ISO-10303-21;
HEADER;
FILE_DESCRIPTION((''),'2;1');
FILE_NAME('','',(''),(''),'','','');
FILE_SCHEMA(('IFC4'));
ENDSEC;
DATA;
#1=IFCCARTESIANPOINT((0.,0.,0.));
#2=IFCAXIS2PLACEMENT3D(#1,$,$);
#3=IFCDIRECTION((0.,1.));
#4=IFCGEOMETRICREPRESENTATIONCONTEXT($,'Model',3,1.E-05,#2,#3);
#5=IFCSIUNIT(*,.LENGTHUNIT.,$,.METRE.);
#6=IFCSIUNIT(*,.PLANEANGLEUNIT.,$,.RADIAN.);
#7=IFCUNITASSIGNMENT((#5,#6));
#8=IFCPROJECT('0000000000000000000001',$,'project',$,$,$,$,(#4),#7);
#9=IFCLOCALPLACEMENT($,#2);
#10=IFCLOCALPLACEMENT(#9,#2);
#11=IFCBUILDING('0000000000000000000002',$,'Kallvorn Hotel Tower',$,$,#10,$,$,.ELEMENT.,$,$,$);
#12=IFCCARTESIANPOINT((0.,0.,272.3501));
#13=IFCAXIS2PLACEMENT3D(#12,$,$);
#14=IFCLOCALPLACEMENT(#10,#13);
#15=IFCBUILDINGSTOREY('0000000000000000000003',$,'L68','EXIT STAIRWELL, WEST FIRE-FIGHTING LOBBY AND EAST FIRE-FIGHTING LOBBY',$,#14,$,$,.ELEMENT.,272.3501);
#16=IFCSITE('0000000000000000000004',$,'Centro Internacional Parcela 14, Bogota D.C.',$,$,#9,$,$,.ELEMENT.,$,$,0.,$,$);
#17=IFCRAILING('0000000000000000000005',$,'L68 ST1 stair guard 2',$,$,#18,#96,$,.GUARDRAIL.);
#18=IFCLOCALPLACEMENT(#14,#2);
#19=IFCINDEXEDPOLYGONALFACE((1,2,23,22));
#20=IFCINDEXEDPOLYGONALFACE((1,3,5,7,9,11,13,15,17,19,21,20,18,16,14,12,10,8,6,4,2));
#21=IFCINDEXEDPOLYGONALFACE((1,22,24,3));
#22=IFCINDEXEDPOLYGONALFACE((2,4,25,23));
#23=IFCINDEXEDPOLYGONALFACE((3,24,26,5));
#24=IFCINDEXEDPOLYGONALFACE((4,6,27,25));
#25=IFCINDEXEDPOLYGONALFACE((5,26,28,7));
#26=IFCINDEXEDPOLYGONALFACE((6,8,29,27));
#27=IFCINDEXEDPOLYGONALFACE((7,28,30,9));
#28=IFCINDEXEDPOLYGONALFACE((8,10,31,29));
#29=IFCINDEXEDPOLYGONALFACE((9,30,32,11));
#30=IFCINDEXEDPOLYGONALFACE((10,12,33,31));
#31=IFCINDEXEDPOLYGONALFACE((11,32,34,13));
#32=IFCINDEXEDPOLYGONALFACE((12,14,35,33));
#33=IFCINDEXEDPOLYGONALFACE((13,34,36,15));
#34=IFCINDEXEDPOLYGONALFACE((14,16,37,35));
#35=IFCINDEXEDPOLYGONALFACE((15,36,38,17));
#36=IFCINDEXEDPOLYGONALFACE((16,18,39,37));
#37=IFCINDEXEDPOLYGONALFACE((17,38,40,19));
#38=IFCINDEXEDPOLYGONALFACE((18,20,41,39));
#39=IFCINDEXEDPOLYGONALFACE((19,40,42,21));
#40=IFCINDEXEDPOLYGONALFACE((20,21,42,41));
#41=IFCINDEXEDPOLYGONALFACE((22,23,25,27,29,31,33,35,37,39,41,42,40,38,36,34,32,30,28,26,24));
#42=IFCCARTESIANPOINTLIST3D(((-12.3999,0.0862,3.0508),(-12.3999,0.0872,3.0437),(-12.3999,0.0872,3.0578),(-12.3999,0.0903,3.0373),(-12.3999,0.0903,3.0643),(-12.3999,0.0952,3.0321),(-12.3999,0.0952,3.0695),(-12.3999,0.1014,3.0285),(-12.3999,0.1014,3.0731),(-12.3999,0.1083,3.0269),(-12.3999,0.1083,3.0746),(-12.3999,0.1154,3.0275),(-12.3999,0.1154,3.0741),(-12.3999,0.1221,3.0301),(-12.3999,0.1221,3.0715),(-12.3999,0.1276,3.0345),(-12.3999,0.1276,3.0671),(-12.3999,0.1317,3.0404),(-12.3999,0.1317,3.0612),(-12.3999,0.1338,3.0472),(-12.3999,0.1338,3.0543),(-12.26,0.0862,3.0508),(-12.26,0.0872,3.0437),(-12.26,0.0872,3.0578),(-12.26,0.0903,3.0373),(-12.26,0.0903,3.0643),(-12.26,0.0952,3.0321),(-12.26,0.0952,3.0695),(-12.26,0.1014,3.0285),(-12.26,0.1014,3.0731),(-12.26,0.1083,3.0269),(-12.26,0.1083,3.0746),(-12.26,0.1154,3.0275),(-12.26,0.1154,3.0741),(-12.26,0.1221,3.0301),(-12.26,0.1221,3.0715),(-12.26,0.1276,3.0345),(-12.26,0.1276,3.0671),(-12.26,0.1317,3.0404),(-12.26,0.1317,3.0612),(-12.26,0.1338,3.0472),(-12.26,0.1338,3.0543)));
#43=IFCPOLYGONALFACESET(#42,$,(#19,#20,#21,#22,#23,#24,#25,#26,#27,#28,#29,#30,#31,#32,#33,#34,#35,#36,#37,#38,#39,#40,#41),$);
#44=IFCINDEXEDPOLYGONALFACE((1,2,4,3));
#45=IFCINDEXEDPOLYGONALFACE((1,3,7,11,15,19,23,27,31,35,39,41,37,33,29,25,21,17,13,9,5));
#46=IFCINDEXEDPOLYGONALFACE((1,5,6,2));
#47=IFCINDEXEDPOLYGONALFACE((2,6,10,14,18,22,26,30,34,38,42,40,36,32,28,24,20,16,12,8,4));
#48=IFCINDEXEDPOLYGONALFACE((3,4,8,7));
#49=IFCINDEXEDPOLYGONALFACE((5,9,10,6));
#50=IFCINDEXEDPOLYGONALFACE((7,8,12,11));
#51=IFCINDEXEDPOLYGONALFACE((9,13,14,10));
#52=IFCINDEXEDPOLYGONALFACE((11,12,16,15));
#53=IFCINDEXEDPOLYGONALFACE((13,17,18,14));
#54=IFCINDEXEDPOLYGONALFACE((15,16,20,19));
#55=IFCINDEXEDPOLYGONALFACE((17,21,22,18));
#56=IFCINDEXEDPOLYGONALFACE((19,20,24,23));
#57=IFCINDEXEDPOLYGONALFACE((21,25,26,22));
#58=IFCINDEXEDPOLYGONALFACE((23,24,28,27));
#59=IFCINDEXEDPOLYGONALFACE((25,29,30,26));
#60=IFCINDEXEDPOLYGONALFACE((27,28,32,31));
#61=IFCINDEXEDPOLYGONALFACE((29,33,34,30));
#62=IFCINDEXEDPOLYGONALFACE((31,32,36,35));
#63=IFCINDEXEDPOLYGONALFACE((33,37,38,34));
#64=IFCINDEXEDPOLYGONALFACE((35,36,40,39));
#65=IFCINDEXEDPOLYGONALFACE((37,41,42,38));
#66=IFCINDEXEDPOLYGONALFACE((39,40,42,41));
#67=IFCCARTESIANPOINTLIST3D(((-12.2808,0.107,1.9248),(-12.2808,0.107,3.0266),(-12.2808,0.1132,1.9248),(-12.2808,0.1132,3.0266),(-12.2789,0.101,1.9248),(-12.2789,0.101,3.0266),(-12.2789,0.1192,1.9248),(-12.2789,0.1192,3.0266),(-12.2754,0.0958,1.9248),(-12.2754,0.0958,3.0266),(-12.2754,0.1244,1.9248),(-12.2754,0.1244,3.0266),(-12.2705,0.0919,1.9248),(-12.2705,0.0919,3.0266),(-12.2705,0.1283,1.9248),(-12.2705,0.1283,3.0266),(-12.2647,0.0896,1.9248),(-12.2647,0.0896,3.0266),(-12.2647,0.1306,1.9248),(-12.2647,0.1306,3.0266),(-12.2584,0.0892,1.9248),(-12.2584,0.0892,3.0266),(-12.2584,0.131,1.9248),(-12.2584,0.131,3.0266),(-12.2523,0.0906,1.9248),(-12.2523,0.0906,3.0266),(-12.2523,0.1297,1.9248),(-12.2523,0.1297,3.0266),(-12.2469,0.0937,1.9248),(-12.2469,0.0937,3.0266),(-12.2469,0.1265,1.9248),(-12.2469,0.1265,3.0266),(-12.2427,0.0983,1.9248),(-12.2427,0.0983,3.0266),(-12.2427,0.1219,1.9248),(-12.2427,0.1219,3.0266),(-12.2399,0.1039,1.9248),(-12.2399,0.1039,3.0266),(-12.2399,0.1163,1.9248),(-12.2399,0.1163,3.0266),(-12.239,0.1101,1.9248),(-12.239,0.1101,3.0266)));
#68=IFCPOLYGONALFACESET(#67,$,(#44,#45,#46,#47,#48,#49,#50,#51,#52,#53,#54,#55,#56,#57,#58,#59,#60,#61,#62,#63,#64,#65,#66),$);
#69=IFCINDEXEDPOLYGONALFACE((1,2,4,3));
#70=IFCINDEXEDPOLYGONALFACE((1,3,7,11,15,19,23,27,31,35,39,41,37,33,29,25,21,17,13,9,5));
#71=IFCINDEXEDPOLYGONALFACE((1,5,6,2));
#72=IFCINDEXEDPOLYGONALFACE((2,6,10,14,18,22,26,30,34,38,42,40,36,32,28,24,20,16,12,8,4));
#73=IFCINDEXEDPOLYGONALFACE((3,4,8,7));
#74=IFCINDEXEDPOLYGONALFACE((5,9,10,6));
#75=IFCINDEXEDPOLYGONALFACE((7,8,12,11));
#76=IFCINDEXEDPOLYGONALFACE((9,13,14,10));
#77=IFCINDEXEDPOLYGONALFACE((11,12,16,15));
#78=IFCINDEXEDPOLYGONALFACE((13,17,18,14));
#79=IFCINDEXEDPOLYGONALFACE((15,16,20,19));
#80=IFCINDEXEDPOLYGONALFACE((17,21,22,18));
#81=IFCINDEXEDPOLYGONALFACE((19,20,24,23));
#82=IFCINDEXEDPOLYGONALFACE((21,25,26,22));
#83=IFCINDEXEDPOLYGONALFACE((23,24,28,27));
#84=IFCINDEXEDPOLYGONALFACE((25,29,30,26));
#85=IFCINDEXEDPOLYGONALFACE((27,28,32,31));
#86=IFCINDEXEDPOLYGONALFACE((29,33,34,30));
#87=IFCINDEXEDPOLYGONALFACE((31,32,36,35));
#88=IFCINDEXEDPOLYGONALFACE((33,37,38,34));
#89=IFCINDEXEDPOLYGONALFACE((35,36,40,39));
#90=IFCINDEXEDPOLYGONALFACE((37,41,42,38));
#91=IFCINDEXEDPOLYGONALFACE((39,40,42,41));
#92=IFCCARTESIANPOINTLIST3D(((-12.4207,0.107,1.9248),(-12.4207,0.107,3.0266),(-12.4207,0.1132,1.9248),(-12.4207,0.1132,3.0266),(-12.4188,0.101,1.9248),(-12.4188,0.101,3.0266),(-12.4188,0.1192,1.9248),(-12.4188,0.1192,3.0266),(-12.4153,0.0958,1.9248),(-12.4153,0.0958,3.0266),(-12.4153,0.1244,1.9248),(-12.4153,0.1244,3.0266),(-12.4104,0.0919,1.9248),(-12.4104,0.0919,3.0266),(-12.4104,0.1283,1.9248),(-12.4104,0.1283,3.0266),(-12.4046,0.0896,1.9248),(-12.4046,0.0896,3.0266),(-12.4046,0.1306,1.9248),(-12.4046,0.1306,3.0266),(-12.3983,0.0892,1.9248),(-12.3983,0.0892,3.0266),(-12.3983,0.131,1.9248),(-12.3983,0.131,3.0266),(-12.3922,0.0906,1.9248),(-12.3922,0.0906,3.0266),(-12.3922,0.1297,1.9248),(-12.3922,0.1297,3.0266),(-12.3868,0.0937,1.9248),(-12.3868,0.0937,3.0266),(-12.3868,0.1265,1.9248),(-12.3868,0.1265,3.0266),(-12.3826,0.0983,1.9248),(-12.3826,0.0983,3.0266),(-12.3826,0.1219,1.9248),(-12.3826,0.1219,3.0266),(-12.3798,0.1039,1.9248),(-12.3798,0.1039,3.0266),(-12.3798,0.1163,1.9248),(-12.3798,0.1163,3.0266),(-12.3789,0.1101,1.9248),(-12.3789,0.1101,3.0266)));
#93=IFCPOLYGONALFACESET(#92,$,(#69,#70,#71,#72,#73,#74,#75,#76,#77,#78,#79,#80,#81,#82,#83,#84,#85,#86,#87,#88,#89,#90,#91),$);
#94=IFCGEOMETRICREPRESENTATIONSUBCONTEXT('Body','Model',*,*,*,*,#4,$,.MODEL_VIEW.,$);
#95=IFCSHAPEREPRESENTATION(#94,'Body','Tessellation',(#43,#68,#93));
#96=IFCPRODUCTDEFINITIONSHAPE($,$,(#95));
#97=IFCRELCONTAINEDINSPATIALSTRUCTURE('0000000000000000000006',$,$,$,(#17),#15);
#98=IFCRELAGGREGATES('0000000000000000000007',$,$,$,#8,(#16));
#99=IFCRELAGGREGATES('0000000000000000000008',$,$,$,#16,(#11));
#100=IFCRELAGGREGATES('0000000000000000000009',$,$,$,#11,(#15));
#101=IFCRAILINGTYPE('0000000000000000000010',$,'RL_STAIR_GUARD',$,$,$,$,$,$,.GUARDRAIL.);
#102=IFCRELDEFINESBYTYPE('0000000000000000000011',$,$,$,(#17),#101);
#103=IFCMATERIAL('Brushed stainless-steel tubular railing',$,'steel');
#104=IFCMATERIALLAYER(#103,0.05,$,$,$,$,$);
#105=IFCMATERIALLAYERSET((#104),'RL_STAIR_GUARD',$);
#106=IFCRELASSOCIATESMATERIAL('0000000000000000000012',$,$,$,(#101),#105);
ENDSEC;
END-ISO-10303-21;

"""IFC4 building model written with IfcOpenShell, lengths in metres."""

from ifc_helpers import new_model, si_unit, direction, frame, origin, origin_2d, place, context, subcontext, project, spatial, circle, extrude, material, layer, layer_set, type_object, element, save


model = new_model("IFC4")

# Units and contexts
model_context = context("Model", 3, precision=1e-05, world=origin(), true_north=direction((0.0, 1.0)))
body_context = subcontext(model_context, "Body", "Model", "MODEL_VIEW")
ifc_project = project(units=[si_unit("LENGTHUNIT", "METRE"), si_unit("PLANEANGLEUNIT", "RADIAN")], contexts=[model_context])

# Site, building, storey
site_placement = place(None, origin())
site = spatial("IfcSite", under=ifc_project, at=site_placement, Name="Centro Internacional Parcela 14, Bogota D.C.", CompositionType="ELEMENT", RefElevation=0.0)
building_placement = place(site_placement, origin())
building = spatial("IfcBuilding", under=site, at=building_placement, Name="Kallvorn Hotel Tower", CompositionType="ELEMENT")
storey_placement = place(building_placement, frame((0.0, 0.0, 272.3501)))
storey = spatial("IfcBuildingStorey", under=building, at=storey_placement, Name="L68", Description="EXIT STAIRWELL, WEST FIRE-FIGHTING LOBBY AND EAST FIRE-FIGHTING LOBBY", CompositionType="ELEMENT", Elevation=272.3501)

# Railing
ifc_material_1 = material(Name="Brushed stainless-steel tubular railing", Category="steel")
ifc_layer_1 = layer(ifc_material_1, 0.05)
ifc_layer_set_1 = layer_set([ifc_layer_1], Name="RL_STAIR_GUARD")
railing_type_1 = type_object("IfcRailingType", Name="RL_STAIR_GUARD", PredefinedType="GUARDRAIL", material=ifc_layer_set_1)
railing_1_placement = place(storey_placement, frame((-12.26, 0.1101, 1.9248)))
element("IfcRailing", 1, at=railing_1_placement, inside=storey, type_object=railing_type_1, Name="L68 ST1 stair guard 2", PredefinedType="GUARDRAIL", context=body_context, shape_type="SweptSolid", body=[
    extrude(circle(Radius=0.0239, at=origin_2d()), frame((0.0, 0.0, 1.126), z_axis=(-1.0, 0.0, 0.0), x_axis=(0.0, -1.0, 0.0)), (0.0, 0.0, 1.0), 0.1399),
    extrude(circle(Radius=0.021, at=origin_2d()), origin(), (0.0, 0.0, 1.0), 1.1018),
    extrude(circle(Radius=0.021, at=origin_2d()), frame((-0.1399, 0.0, 0.0)), (0.0, 0.0, 1.0), 1.1018),
])

save(model, "model.ifc")
